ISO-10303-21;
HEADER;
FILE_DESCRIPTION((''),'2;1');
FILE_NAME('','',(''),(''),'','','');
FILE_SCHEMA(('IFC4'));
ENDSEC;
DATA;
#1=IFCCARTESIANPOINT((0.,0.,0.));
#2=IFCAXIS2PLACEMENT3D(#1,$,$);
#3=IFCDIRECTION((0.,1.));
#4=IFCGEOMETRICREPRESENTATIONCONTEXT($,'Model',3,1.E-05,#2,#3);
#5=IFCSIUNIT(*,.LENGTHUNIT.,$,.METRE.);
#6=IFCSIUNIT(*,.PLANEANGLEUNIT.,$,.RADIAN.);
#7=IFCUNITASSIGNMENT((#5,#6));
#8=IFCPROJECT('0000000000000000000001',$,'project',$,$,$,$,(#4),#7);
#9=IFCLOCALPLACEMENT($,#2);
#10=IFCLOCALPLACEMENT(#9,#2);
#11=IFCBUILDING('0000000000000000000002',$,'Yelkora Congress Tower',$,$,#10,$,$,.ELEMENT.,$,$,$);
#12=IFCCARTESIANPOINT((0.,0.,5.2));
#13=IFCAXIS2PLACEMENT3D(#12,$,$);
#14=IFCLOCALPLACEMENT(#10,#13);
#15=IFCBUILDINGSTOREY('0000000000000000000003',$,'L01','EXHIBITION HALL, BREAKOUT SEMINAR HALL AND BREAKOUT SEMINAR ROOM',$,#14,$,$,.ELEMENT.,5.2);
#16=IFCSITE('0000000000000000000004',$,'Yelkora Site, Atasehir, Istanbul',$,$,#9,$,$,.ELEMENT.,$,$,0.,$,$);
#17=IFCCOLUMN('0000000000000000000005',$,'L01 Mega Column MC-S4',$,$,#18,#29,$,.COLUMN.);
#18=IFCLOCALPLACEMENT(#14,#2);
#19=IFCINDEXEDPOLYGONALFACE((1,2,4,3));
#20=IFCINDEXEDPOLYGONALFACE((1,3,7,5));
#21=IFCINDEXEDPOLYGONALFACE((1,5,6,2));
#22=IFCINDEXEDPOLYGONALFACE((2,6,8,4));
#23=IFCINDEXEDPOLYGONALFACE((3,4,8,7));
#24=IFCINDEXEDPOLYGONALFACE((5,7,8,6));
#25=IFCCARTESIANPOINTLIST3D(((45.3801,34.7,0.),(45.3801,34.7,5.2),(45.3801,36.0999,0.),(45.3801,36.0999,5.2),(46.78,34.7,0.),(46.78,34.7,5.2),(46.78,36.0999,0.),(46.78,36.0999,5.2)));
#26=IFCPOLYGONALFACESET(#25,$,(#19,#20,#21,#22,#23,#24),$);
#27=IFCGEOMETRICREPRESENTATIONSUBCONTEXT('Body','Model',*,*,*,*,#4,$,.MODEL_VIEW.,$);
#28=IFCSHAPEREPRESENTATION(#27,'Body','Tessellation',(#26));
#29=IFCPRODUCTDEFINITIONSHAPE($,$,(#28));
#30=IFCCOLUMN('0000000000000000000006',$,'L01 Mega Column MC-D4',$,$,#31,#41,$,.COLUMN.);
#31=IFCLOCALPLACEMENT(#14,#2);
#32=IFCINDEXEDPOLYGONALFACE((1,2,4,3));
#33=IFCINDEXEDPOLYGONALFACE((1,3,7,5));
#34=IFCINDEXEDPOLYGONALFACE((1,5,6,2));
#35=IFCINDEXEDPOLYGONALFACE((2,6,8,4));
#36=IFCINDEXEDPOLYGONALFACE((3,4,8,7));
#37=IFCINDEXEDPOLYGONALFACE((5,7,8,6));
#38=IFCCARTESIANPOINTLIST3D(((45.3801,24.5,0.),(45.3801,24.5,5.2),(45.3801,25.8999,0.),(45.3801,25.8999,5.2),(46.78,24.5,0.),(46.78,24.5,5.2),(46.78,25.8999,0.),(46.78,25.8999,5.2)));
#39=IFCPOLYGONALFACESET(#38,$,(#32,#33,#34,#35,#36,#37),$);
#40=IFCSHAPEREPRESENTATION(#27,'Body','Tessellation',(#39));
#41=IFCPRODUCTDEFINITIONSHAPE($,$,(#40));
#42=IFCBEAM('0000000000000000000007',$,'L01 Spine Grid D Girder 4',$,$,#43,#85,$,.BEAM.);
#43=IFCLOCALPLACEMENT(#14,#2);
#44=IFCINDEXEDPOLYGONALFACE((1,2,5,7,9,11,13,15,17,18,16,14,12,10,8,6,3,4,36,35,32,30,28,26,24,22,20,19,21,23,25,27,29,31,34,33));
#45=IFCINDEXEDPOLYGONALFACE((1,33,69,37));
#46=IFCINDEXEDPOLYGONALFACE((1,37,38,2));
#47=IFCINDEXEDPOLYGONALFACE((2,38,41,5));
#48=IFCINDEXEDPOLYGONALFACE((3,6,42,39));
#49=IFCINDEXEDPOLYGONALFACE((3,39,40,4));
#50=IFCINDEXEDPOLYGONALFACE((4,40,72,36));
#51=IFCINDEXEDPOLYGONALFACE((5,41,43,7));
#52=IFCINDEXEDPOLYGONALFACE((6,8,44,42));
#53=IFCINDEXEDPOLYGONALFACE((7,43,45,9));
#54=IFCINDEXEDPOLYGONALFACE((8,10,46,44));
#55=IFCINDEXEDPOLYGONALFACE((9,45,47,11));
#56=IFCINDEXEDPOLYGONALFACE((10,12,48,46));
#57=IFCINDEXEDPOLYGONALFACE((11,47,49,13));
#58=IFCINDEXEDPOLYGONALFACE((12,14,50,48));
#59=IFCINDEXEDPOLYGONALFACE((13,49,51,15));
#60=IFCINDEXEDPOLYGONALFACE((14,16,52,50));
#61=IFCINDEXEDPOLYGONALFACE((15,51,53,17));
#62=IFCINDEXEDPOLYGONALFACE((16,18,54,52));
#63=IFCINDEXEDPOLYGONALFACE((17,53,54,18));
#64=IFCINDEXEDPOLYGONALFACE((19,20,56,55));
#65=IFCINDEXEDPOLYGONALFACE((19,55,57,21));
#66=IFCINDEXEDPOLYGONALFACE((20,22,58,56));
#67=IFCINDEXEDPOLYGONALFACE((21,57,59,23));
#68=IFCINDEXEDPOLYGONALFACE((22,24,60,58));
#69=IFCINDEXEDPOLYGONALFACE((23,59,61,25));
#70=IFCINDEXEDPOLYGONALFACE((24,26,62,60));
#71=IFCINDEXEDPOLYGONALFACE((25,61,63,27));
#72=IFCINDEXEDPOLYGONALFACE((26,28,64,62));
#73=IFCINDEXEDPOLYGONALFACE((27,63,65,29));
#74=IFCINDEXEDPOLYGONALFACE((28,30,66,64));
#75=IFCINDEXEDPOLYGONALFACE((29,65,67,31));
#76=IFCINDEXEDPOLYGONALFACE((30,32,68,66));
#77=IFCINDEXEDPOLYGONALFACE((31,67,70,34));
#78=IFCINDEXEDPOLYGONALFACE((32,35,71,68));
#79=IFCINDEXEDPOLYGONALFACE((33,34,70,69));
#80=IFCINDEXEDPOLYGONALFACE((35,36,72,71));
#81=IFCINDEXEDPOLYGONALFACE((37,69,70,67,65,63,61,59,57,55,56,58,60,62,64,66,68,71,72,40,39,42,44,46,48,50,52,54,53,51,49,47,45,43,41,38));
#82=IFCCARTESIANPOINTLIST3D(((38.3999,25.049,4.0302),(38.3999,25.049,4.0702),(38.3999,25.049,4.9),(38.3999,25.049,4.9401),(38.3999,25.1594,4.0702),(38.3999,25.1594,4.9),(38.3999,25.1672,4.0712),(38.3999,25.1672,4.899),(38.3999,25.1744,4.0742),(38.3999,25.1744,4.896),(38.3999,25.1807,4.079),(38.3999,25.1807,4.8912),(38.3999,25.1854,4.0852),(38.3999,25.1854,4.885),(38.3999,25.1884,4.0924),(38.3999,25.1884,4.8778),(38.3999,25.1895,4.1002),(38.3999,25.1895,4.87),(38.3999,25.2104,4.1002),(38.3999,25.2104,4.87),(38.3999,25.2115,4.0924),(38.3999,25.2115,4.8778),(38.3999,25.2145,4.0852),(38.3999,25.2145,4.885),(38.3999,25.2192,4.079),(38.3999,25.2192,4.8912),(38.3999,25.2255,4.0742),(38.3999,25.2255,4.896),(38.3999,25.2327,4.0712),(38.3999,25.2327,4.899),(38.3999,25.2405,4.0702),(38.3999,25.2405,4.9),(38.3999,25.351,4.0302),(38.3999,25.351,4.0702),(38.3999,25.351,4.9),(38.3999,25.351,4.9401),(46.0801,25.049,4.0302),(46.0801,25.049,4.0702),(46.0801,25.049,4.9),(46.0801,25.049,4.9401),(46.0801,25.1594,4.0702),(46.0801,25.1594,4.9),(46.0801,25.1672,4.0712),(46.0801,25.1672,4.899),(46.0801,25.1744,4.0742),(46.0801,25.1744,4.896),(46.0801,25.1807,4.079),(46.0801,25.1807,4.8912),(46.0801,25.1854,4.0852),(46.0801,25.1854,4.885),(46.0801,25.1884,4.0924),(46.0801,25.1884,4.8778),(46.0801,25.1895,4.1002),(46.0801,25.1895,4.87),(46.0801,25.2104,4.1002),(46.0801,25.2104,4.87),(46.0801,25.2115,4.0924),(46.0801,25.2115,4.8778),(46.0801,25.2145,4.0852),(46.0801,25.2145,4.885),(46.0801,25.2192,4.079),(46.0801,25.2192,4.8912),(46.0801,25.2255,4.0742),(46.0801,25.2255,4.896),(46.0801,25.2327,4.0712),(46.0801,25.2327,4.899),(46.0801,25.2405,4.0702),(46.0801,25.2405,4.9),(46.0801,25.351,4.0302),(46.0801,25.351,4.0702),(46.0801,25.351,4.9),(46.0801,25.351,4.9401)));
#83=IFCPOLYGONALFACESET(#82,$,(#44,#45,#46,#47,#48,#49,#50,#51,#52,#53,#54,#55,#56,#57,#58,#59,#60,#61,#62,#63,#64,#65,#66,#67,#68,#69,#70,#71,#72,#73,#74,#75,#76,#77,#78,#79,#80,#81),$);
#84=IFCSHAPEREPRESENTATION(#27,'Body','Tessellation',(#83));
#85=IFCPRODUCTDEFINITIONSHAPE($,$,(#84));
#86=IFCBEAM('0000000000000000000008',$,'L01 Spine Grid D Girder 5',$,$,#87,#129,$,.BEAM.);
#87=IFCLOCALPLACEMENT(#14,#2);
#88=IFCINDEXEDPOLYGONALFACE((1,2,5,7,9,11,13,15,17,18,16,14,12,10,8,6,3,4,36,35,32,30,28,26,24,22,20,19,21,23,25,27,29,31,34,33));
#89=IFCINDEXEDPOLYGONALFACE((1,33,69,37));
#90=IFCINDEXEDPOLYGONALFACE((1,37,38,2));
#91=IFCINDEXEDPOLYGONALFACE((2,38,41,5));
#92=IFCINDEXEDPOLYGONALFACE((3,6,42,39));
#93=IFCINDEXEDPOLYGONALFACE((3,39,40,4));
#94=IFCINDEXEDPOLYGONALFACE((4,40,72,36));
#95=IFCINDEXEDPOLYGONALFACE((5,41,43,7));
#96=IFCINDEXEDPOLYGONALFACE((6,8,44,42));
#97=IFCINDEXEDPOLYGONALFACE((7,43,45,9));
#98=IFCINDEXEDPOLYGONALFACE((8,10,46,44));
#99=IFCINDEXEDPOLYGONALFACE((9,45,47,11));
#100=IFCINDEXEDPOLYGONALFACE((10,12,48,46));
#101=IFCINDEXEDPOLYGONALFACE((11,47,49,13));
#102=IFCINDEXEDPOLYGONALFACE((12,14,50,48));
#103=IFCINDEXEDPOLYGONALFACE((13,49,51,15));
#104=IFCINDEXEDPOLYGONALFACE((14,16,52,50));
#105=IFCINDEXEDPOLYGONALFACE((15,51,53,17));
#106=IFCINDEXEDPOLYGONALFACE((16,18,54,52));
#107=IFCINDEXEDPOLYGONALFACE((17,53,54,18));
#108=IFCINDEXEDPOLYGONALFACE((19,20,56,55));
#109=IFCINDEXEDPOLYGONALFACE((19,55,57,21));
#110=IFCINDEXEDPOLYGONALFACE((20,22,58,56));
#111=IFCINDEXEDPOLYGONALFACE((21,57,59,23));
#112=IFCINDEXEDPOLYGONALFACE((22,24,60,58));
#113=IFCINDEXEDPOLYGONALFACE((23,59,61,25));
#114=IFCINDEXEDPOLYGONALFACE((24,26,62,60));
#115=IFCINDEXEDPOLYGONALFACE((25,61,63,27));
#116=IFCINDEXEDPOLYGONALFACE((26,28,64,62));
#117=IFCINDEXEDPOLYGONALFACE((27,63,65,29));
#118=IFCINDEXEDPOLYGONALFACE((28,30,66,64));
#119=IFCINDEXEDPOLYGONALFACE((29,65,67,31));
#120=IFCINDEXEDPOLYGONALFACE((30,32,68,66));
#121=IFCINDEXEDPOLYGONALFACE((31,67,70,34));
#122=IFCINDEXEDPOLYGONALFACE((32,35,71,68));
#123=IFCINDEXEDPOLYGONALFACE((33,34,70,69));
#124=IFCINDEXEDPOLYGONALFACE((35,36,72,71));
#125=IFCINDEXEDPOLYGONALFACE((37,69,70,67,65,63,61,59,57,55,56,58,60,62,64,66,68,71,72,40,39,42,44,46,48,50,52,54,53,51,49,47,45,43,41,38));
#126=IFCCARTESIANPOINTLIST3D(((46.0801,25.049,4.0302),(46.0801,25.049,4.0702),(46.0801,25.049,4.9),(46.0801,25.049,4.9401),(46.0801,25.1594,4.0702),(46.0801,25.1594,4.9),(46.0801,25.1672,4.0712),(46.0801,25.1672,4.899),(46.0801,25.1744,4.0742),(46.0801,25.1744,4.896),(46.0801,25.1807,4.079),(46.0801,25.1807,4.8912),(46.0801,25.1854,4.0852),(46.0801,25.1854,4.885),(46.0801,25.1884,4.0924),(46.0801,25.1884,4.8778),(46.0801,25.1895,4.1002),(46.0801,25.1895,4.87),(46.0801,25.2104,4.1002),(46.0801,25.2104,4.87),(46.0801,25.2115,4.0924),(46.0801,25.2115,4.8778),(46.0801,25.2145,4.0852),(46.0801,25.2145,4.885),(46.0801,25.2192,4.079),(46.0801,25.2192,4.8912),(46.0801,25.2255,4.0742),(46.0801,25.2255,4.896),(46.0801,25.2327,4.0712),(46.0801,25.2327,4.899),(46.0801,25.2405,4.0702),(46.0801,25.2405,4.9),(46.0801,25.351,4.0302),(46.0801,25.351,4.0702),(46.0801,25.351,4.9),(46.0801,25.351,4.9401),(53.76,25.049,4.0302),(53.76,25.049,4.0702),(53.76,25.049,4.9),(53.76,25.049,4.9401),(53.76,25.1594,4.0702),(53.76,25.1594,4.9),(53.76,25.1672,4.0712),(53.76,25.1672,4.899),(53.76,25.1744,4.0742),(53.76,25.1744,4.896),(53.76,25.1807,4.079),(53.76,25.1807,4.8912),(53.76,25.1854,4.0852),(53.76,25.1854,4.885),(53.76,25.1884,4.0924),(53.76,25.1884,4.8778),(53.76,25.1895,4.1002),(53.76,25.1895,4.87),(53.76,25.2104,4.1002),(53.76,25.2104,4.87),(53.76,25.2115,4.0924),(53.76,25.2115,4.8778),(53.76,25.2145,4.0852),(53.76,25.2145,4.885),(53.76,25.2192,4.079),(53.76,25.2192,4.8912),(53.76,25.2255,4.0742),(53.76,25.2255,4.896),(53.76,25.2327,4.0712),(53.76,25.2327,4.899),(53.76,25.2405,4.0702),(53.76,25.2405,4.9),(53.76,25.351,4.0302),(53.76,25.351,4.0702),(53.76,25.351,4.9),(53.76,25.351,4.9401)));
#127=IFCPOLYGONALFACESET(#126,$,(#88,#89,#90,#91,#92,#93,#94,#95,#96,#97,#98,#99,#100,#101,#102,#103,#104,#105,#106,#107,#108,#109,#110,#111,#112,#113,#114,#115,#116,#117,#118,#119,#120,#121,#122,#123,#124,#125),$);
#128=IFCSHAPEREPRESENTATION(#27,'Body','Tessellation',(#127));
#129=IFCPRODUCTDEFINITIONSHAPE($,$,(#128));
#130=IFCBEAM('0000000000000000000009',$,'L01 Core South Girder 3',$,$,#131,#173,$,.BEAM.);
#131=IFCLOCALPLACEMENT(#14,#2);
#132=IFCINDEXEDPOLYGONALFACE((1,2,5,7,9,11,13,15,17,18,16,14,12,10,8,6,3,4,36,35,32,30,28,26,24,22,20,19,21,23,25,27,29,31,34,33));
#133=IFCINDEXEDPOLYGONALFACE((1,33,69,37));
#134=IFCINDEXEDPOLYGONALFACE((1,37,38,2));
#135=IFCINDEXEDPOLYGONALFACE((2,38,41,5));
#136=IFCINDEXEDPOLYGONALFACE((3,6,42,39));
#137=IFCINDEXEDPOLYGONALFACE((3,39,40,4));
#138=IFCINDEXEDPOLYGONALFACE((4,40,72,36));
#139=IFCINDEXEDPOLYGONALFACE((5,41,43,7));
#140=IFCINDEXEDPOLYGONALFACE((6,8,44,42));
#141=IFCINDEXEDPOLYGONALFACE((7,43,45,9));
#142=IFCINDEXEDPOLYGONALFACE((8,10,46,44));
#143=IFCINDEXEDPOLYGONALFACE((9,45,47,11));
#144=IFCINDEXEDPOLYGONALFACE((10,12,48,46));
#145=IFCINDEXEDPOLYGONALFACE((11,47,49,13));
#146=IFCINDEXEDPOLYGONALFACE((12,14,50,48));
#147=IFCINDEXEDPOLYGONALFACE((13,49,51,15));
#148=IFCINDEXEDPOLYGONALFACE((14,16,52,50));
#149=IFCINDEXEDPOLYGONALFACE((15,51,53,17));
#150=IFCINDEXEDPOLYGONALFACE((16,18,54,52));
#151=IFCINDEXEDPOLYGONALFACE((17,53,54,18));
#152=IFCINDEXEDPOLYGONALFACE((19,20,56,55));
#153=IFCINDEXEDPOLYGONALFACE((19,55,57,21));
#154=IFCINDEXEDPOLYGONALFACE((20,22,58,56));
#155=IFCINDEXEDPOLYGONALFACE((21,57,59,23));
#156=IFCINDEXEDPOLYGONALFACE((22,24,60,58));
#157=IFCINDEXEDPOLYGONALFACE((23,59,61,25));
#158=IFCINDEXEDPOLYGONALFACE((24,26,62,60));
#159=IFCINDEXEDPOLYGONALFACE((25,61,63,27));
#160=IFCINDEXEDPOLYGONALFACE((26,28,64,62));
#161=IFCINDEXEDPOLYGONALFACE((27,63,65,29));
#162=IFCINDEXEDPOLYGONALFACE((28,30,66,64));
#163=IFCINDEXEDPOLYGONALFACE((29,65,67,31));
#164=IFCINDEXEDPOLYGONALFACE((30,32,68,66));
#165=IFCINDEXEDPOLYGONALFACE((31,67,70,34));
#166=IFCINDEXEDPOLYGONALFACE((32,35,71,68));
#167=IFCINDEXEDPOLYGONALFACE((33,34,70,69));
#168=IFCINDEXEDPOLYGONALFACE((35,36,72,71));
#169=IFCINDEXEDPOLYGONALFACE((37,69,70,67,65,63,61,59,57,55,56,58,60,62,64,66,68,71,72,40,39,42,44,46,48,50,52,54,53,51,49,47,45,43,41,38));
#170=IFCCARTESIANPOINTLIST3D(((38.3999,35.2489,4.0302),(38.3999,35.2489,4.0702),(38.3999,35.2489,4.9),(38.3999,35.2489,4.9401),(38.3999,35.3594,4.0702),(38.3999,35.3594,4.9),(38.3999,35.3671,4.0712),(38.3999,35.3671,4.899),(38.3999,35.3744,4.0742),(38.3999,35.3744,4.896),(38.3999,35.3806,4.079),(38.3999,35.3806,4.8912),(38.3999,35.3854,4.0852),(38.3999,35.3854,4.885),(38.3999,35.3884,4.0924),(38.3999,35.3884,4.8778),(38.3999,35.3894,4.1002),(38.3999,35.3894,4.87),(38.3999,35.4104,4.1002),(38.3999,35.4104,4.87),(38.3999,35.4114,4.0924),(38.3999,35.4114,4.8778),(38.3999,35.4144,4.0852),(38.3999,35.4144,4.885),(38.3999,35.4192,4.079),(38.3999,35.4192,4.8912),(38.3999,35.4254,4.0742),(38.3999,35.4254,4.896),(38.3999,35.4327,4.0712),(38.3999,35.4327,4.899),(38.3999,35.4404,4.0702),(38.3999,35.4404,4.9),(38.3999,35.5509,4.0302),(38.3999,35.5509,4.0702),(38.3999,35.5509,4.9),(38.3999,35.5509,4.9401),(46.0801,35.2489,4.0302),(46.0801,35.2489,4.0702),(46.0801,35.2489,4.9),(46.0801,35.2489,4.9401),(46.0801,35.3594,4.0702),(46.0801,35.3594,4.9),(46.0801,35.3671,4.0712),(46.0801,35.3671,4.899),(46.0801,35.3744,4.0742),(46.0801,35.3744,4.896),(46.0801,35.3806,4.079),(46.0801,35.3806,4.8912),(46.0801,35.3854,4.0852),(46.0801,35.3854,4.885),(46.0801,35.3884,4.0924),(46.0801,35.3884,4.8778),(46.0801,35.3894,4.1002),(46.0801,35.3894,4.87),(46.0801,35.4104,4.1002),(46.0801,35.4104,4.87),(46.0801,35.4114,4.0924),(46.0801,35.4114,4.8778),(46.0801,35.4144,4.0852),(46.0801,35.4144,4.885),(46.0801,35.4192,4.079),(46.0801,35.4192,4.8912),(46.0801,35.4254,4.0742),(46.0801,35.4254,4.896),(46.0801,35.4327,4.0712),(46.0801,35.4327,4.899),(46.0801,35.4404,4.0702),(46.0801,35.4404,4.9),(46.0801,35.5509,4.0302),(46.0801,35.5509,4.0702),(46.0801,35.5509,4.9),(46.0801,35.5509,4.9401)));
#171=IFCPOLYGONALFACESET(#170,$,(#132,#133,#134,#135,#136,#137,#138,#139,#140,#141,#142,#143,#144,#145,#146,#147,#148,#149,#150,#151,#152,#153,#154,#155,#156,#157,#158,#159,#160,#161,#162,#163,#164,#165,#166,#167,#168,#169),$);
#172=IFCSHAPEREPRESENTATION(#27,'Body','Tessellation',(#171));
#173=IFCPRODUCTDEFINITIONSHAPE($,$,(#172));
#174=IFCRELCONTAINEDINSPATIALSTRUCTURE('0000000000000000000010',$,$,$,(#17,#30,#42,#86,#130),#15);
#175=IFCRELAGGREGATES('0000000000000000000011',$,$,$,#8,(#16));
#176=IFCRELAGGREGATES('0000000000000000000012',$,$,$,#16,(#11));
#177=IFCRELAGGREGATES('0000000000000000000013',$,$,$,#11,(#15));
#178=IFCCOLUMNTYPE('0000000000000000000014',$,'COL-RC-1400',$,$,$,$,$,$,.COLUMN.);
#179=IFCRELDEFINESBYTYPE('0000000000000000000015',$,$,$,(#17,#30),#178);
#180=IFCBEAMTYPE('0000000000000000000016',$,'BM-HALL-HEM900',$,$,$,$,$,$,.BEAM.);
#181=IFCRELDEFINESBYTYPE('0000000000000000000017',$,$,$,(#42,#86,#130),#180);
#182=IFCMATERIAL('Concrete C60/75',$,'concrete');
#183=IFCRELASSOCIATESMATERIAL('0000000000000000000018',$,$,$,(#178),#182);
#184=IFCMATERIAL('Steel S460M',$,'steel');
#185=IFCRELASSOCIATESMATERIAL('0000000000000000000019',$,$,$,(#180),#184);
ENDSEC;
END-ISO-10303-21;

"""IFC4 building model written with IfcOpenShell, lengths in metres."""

from ifc_helpers import new_model, si_unit, direction, frame, origin, origin_2d, place, context, subcontext, project, spatial, rectangle, i_section, extrude, material, material_profile, profile_set, type_object, element, save


model = new_model("IFC4")

# Units and contexts
model_context = context("Model", 3, precision=1e-05, world=origin(), true_north=direction((0.0, 1.0)))
body_context = subcontext(model_context, "Body", "Model", "MODEL_VIEW")
ifc_project = project(units=[si_unit("LENGTHUNIT", "METRE"), si_unit("PLANEANGLEUNIT", "RADIAN")], contexts=[model_context])

# Site, building, storey
site_placement = place(None, origin())
site = spatial("IfcSite", under=ifc_project, at=site_placement, Name="Yelkora Site, Atasehir, Istanbul", CompositionType="ELEMENT", RefElevation=0.0)
building_placement = place(site_placement, origin())
building = spatial("IfcBuilding", under=site, at=building_placement, Name="Yelkora Congress Tower", CompositionType="ELEMENT")
storey_placement = place(building_placement, frame((0.0, 0.0, 5.2)))
storey = spatial("IfcBuildingStorey", under=building, at=storey_placement, Name="L01", Description="EXHIBITION HALL, BREAKOUT SEMINAR HALL AND BREAKOUT SEMINAR ROOM", CompositionType="ELEMENT", Elevation=5.2)

# Columns
ifc_material_1 = material(Name="Concrete C60/75", Category="concrete")
ifc_material_profile_1 = material_profile(ifc_material_1, rectangle(XDim=1.3999, YDim=1.3999, at=origin_2d()), Name="RC 1400x1400")
ifc_profile_set_1 = profile_set([ifc_material_profile_1], Name="Concrete C60/75")
column_type = type_object("IfcColumnType", Name="COL-RC-1400", PredefinedType="COLUMN", material=ifc_profile_set_1)
for number, where, z_axis, x_axis, name in (
    (1, (46.0801, 35.3999, 0.0), (0.0, 0.0, 1.0), (1.0, 0.0, 0.0), "L01 Mega Column MC-S4"),
    (2, (46.0801, 25.2, 0.0), (0.0, 0.0, 1.0), (1.0, 0.0, 0.0), "L01 Mega Column MC-D4"),
):
    element("IfcColumn", number, at=place(storey_placement, frame(where, z_axis=z_axis, x_axis=x_axis)), inside=storey, type_object=column_type, Name=name, PredefinedType="COLUMN", context=body_context, shape_type="SweptSolid", body=[
        extrude(rectangle(XDim=1.3999, YDim=1.3999, at=origin_2d()), origin(), (0.0, 0.0, 1.0), 5.2),
    ])

# Beams
ifc_material_2 = material(Name="Steel S460M", Category="steel")
ifc_material_profile_2 = material_profile(ifc_material_2, i_section(OverallWidth=0.302, OverallDepth=0.9099, WebThickness=0.021, FlangeThickness=0.04, FilletRadius=0.03, at=origin_2d()), Name="HEM 900")
ifc_profile_set_2 = profile_set([ifc_material_profile_2], Name="Steel S460M")
beam_type_1 = type_object("IfcBeamType", Name="BM-HALL-HEM900", PredefinedType="BEAM", material=ifc_profile_set_2)
beam_1_placement = place(storey_placement, frame((38.3999, 25.2, 4.4851), z_axis=(1.0, 0.0, 0.0), x_axis=(0.0, 1.0, 0.0)))
element("IfcBeam", 3, at=beam_1_placement, inside=storey, type_object=beam_type_1, Name="L01 Spine Grid D Girder 4", PredefinedType="BEAM", context=body_context, shape_type="SweptSolid", body=[
    extrude(i_section(OverallWidth=0.302, OverallDepth=0.9099, WebThickness=0.021, FlangeThickness=0.04, FilletRadius=0.03, at=origin_2d()), origin(), (0.0, 0.0, 1.0), 7.6802),
])
beam_2_placement = place(storey_placement, frame((46.0801, 25.2, 4.4851), z_axis=(1.0, 0.0, 0.0), x_axis=(0.0, 1.0, 0.0)))
element("IfcBeam", 4, at=beam_2_placement, inside=storey, type_object=beam_type_1, Name="L01 Spine Grid D Girder 5", PredefinedType="BEAM", context=body_context, shape_type="SweptSolid", body=[
    extrude(i_section(OverallWidth=0.302, OverallDepth=0.9099, WebThickness=0.021, FlangeThickness=0.04, FilletRadius=0.03, at=origin_2d()), origin(), (0.0, 0.0, 1.0), 7.6799),
])
beam_3_placement = place(storey_placement, frame((38.3999, 35.3999, 4.4851), z_axis=(1.0, 0.0, 0.0), x_axis=(0.0, 1.0, 0.0)))
element("IfcBeam", 5, at=beam_3_placement, inside=storey, type_object=beam_type_1, Name="L01 Core South Girder 3", PredefinedType="BEAM", context=body_context, shape_type="SweptSolid", body=[
    extrude(i_section(OverallWidth=0.302, OverallDepth=0.9099, WebThickness=0.021, FlangeThickness=0.04, FilletRadius=0.03, at=origin_2d()), origin(), (0.0, 0.0, 1.0), 7.6802),
])

save(model, "model.ifc")
